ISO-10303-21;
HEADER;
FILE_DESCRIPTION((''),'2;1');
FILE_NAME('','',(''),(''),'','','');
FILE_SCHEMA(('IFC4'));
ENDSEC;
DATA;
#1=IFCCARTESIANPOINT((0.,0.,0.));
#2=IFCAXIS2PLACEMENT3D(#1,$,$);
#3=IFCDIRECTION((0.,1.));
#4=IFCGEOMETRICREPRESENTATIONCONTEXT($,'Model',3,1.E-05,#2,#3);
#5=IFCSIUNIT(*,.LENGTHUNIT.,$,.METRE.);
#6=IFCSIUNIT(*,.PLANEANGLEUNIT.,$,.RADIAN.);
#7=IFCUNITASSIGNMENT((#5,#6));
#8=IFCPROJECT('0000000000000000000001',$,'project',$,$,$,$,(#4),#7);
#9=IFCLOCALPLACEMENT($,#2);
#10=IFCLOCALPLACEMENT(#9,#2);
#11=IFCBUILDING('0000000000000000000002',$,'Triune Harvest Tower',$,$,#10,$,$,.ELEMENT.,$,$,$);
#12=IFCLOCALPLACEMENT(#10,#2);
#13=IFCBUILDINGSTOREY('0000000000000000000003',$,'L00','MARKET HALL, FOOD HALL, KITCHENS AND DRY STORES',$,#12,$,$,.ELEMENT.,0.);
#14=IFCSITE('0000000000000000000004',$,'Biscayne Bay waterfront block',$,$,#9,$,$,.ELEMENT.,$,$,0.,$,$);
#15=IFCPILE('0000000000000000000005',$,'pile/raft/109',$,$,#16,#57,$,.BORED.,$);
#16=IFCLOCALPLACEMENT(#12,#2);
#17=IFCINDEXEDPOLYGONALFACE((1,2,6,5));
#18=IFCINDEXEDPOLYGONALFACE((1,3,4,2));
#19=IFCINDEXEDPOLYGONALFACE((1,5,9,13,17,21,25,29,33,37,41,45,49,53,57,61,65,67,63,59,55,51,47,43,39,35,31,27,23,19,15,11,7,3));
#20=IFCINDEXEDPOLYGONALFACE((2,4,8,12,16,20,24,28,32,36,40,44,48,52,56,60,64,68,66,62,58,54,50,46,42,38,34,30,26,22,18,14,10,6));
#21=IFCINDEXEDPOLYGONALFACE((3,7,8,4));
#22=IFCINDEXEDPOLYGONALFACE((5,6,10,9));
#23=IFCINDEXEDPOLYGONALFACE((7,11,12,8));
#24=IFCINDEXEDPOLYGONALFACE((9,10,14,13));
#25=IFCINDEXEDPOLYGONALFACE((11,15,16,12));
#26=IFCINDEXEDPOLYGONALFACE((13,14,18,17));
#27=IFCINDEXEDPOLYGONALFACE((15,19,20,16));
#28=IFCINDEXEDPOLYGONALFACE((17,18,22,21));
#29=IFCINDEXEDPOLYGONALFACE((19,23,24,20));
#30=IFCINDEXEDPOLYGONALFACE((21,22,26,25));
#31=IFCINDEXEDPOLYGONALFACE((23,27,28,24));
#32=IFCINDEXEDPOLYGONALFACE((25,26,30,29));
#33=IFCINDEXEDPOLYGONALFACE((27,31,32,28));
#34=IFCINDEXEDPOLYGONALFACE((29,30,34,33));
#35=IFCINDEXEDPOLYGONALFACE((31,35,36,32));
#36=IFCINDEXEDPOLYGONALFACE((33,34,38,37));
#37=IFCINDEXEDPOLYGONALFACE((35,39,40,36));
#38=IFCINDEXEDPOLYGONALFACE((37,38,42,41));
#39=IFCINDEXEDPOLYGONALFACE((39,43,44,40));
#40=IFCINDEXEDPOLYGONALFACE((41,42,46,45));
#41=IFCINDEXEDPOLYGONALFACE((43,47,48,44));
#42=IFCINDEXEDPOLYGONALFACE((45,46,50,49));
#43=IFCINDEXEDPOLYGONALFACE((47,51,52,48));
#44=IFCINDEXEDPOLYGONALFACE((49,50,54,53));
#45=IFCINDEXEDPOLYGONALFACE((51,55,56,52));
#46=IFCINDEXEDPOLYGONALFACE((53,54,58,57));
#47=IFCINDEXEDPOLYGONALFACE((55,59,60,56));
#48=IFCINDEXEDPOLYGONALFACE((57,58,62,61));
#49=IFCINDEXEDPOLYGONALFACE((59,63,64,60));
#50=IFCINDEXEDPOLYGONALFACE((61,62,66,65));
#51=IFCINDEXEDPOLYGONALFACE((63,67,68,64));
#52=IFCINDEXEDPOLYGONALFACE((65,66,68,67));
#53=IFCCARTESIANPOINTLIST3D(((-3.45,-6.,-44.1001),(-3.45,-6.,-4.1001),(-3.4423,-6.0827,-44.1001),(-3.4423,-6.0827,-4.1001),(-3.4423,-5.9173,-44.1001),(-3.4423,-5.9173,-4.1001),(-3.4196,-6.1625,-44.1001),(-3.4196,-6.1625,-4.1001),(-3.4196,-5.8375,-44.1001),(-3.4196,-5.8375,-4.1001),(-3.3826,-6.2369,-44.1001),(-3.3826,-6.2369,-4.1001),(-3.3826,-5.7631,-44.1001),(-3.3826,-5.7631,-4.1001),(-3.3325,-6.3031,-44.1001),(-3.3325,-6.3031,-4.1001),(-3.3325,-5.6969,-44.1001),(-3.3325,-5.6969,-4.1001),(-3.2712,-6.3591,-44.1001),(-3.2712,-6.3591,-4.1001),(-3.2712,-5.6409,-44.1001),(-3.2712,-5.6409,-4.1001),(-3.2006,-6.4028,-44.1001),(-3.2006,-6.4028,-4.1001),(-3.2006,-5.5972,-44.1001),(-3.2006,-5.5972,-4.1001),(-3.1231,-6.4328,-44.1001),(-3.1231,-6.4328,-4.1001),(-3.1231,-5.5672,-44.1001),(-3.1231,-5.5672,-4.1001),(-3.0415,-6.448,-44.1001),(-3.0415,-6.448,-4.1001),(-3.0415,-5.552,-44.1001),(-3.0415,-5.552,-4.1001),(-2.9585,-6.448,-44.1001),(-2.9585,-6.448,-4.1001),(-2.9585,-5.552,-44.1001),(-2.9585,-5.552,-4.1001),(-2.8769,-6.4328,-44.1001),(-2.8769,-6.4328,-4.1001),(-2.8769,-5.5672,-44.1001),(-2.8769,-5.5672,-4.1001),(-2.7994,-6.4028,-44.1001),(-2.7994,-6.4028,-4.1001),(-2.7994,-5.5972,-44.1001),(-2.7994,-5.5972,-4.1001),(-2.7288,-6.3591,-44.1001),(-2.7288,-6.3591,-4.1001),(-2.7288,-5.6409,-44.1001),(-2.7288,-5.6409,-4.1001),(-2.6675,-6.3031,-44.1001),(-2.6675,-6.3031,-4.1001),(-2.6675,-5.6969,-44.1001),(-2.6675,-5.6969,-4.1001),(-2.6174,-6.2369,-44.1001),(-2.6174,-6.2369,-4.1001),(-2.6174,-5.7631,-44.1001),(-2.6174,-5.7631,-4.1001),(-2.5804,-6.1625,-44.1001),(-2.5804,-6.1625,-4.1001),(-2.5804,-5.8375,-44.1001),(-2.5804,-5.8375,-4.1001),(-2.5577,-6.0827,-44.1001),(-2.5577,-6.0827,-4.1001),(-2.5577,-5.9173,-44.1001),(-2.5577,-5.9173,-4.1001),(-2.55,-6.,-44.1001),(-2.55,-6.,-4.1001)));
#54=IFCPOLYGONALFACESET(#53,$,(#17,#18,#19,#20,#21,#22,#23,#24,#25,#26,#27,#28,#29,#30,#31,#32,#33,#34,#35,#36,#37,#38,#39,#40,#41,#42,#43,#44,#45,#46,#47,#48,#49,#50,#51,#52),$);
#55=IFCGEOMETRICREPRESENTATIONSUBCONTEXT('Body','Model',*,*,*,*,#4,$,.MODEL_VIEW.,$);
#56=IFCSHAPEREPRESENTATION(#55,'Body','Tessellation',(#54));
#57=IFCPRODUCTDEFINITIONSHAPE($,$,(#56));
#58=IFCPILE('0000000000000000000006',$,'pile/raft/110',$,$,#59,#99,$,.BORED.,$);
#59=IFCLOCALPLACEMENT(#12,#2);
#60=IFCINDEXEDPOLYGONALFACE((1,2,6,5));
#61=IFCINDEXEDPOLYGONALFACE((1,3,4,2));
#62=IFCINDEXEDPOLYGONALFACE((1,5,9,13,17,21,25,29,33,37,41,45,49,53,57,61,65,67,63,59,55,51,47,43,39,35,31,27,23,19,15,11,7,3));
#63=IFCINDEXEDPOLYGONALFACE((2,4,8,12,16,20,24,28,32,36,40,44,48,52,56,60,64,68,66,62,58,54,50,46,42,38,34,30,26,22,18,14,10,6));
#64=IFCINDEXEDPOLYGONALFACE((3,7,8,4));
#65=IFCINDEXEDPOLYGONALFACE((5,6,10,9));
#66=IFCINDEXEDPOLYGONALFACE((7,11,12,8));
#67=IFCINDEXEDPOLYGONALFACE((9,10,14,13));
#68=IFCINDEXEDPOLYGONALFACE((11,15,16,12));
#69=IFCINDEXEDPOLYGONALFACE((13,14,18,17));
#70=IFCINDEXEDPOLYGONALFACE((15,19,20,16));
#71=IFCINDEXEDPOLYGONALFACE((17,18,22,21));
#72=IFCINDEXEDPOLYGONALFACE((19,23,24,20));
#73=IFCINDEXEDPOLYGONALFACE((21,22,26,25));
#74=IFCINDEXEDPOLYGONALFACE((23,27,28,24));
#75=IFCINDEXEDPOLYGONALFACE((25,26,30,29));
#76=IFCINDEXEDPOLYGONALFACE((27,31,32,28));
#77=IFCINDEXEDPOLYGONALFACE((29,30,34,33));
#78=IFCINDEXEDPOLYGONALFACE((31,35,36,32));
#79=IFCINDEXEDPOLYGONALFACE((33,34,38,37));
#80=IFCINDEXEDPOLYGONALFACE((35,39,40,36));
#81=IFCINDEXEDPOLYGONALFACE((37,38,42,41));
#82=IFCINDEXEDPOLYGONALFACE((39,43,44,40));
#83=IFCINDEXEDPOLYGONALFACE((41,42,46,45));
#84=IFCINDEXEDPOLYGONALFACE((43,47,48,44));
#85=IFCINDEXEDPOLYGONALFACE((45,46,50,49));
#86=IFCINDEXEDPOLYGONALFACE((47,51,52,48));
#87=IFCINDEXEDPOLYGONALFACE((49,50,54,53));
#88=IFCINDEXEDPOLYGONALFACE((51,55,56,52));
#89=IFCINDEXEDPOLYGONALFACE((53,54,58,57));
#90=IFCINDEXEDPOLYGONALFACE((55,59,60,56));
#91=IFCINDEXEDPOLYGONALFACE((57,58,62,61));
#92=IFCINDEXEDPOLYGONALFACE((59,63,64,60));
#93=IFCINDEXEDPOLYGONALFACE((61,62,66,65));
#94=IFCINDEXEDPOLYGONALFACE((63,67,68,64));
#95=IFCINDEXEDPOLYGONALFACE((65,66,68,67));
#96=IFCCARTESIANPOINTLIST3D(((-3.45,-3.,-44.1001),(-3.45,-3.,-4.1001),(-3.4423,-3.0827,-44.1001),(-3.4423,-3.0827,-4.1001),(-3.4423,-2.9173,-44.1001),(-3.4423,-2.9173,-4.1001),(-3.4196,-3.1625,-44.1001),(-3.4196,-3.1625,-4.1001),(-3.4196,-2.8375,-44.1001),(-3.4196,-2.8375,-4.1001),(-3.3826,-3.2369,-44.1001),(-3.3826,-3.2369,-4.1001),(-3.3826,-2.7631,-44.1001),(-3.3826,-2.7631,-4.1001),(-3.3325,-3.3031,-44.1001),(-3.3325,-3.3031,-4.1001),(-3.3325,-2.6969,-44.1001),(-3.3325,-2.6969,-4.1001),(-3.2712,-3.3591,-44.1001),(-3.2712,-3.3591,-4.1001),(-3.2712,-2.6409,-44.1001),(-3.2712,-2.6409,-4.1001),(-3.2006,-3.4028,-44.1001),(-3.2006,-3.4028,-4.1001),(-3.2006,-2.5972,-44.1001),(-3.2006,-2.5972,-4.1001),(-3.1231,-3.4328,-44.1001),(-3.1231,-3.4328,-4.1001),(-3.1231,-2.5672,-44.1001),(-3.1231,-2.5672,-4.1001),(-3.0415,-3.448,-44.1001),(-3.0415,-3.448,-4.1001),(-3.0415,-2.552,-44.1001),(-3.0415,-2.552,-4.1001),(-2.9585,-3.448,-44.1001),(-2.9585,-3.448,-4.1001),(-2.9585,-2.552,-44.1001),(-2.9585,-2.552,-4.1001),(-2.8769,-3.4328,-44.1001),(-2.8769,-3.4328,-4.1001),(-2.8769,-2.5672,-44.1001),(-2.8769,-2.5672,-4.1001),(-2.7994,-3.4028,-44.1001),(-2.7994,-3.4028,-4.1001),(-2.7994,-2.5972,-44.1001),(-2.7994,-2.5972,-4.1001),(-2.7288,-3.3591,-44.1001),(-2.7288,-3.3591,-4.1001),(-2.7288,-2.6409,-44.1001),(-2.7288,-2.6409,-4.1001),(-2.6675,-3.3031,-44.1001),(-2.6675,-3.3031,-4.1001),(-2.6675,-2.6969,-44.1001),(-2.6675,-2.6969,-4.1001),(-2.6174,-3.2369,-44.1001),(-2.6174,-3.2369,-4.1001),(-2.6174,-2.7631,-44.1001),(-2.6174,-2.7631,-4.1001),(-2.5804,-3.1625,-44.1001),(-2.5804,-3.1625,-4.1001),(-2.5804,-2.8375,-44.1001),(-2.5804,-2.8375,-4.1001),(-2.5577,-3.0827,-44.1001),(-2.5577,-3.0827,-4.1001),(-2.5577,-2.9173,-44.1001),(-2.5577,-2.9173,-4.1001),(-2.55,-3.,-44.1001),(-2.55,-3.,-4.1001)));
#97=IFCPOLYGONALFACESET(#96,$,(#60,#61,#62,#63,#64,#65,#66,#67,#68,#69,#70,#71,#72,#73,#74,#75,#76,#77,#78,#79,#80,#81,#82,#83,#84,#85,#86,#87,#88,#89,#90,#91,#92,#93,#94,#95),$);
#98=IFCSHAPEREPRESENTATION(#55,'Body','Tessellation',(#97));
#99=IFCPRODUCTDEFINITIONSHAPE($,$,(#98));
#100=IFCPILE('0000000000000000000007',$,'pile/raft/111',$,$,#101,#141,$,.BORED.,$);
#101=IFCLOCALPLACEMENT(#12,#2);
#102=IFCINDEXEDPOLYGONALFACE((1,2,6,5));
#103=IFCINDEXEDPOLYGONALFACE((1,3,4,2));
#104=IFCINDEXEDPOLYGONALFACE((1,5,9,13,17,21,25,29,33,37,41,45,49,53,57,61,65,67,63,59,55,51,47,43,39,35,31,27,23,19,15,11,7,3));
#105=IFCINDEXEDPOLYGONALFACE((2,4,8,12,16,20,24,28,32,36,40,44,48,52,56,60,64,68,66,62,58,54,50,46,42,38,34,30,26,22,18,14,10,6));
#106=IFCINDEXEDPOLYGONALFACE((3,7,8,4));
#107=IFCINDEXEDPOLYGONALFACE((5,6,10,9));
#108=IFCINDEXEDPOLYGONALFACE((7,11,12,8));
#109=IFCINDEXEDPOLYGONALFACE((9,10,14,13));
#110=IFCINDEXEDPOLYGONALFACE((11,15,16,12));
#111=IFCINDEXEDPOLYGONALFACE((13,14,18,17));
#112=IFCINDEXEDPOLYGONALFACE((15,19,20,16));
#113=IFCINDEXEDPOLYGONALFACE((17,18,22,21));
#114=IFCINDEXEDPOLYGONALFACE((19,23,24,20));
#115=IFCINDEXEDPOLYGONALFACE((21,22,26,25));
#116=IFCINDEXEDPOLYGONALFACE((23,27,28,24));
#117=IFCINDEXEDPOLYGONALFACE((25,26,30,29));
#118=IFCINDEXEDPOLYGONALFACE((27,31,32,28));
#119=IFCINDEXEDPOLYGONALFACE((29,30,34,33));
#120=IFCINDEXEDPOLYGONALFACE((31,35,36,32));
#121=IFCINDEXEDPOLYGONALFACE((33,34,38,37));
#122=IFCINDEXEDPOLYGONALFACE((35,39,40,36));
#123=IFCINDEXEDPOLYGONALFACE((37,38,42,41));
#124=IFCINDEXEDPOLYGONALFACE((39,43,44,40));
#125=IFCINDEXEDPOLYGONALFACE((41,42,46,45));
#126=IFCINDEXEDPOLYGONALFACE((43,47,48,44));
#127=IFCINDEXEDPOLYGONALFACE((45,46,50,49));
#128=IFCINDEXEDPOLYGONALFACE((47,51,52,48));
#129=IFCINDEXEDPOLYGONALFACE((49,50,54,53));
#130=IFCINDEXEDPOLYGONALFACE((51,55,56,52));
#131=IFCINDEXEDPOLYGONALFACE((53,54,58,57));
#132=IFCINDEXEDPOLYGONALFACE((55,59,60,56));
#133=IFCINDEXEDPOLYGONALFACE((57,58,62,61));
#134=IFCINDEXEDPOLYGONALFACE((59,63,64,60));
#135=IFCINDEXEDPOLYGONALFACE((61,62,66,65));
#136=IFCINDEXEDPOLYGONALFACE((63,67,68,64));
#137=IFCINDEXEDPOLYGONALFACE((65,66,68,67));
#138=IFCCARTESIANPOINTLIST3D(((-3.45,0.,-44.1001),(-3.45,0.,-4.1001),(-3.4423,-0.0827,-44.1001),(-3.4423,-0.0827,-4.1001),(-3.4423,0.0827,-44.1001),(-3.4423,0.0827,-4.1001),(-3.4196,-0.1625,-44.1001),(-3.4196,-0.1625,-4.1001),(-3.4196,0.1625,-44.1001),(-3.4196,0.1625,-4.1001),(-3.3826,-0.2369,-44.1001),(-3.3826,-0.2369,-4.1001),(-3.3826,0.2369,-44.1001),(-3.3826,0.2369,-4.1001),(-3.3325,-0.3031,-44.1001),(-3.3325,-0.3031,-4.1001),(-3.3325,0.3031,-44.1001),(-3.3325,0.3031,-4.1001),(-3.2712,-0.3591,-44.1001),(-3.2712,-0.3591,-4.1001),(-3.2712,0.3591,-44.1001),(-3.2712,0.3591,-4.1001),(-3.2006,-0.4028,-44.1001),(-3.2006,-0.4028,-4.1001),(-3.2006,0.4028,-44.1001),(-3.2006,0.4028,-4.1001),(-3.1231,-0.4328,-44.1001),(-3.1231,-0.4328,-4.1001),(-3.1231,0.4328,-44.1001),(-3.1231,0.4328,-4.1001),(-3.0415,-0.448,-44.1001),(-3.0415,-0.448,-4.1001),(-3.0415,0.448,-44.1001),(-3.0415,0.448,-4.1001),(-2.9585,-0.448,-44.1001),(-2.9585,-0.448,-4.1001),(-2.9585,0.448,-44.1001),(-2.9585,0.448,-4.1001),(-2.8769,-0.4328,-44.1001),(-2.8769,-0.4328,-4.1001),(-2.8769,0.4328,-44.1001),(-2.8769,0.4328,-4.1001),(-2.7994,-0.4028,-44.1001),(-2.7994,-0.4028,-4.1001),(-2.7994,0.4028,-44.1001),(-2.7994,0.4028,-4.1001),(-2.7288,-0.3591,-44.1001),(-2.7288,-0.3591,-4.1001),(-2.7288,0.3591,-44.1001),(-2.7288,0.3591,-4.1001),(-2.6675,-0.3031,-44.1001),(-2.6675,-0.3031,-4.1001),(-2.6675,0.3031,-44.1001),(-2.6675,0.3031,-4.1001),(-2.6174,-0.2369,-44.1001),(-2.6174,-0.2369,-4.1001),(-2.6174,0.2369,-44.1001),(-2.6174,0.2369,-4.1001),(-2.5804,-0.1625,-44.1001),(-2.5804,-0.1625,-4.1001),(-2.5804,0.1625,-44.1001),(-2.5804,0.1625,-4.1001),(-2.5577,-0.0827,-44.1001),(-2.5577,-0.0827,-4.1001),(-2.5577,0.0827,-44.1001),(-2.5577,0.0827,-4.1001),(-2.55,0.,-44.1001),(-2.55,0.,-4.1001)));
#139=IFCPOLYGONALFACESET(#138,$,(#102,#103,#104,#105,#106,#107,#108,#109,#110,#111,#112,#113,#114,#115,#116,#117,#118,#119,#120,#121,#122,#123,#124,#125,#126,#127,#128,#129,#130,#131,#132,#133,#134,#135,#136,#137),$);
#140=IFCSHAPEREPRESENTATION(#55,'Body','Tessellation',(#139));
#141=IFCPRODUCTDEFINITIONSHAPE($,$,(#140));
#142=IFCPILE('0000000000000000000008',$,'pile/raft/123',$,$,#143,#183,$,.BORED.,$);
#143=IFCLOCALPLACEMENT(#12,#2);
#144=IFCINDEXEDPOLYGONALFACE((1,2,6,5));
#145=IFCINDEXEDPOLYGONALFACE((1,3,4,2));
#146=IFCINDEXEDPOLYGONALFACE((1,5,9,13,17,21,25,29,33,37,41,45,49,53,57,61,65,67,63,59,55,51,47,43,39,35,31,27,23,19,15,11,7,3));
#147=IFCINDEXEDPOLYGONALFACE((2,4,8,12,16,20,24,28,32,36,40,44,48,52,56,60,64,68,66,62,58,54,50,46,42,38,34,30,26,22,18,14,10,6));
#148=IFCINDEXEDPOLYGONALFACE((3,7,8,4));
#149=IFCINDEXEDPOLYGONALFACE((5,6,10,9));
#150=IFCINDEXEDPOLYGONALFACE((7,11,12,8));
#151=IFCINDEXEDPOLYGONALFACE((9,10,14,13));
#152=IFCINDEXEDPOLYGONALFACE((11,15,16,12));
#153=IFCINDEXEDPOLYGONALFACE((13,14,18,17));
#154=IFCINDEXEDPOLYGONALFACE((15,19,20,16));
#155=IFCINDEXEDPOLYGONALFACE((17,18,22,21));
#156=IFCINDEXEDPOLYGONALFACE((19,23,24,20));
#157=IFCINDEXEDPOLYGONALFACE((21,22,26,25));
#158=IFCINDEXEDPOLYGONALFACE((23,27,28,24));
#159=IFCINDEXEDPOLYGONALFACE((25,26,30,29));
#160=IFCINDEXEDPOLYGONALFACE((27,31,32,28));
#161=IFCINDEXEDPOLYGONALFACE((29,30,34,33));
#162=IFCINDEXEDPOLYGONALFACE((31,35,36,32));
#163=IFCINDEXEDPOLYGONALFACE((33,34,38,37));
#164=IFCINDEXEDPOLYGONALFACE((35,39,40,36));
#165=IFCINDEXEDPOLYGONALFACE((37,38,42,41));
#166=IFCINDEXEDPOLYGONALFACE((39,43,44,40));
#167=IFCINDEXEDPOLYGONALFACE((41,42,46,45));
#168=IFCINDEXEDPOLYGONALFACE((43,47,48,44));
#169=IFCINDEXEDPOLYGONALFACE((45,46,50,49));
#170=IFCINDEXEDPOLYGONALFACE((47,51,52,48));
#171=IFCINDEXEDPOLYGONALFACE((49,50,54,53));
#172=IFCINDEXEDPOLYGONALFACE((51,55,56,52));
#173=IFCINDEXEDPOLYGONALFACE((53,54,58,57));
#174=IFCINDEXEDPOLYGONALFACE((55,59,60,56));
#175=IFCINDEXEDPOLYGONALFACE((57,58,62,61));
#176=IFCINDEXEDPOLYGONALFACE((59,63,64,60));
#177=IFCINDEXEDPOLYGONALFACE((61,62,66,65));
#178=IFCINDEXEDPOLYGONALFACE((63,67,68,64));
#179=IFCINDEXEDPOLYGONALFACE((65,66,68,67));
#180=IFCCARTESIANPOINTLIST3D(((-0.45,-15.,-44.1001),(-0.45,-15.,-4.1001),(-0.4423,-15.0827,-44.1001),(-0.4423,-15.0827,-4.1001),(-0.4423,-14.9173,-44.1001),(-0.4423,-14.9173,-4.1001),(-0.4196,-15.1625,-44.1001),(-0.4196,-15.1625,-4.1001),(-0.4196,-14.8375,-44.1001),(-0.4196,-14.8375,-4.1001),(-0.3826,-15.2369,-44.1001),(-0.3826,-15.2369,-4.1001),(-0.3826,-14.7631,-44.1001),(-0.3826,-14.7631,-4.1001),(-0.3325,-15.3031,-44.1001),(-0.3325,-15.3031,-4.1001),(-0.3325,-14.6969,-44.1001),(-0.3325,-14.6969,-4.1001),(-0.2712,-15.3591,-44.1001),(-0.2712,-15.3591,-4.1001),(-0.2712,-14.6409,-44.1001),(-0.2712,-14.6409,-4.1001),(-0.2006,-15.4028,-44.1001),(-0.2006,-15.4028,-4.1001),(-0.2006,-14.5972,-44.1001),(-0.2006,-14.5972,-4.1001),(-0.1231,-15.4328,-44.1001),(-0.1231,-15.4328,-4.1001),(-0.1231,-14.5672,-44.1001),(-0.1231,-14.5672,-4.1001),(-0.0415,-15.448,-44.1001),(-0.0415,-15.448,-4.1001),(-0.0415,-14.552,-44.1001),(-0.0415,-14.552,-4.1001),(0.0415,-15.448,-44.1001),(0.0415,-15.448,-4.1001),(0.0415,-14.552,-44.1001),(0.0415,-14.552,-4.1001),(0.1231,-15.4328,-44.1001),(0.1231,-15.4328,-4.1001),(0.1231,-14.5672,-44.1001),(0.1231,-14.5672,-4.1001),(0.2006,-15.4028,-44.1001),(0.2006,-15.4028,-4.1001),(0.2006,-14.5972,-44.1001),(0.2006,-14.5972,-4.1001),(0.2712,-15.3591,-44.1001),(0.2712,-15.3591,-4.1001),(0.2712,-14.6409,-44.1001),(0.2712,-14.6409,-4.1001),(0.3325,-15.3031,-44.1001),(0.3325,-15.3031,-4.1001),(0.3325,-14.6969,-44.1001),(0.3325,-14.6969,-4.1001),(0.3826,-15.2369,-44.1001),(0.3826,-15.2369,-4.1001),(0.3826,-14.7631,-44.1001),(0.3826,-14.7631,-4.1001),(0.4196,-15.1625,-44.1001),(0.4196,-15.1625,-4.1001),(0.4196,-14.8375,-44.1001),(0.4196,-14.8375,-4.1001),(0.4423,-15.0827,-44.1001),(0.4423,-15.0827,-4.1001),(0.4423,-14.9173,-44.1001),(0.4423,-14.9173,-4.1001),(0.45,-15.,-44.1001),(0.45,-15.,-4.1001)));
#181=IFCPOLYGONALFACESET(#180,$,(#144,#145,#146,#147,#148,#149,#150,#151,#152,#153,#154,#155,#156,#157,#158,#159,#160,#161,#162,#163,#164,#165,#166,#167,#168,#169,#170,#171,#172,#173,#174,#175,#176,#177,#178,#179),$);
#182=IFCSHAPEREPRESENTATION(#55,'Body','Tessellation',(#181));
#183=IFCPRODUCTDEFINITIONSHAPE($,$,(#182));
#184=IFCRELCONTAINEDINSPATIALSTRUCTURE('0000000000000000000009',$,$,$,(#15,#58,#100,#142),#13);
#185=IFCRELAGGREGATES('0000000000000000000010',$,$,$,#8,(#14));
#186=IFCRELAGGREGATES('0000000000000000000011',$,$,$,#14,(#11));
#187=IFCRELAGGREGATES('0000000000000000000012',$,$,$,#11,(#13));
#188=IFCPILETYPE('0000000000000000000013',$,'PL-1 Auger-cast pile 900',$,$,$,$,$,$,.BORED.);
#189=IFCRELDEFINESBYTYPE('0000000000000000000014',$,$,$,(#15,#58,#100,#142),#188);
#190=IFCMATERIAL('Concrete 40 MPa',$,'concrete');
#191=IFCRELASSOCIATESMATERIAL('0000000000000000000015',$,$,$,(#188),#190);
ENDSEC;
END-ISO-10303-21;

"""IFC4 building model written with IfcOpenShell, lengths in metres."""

from ifc_helpers import new_model, si_unit, direction, frame, origin, origin_2d, place, context, subcontext, project, spatial, circle, extrude, source, transform, mapped, material, material_profile, profile_set, type_object, element, save


model = new_model("IFC4")

# Units and contexts
model_context = context("Model", 3, precision=1e-05, world=origin(), true_north=direction((0.0, 1.0)))
body_context = subcontext(model_context, "Body", "Model", "MODEL_VIEW")
ifc_project = project(units=[si_unit("LENGTHUNIT", "METRE"), si_unit("PLANEANGLEUNIT", "RADIAN")], contexts=[model_context])

# Site, building, storey
site_placement = place(None, origin())
site = spatial("IfcSite", under=ifc_project, at=site_placement, Name="Biscayne Bay waterfront block", CompositionType="ELEMENT", RefElevation=0.0)
building_placement = place(site_placement, origin())
building = spatial("IfcBuilding", under=site, at=building_placement, Name="Triune Harvest Tower", CompositionType="ELEMENT")
storey_placement = place(building_placement, origin())
storey = spatial("IfcBuildingStorey", under=building, at=storey_placement, Name="L00", Description="MARKET HALL, FOOD HALL, KITCHENS AND DRY STORES", CompositionType="ELEMENT", Elevation=0.0)

# Piles
ifc_material_1 = material(Name="Concrete 40 MPa", Category="concrete")
ifc_material_profile = material_profile(ifc_material_1, circle(Radius=0.45, at=origin_2d()), Name="Bored 900")
ifc_profile_set = profile_set([ifc_material_profile], Name="Concrete 40 MPa")
pile_type = type_object("IfcPileType", Name="PL-1 Auger-cast pile 900", PredefinedType="BORED", material=ifc_profile_set)
shared_shape_1 = source(origin(), body_context, "Body", "SweptSolid", [
    extrude(circle(Radius=0.45, at=origin_2d()), origin(), (0.0, 0.0, 1.0), 40.0),
])
for number, where, z_axis, x_axis, name in (
    (1, (-3.0, -6.0, -4.1001), (0.0, 0.0, -1.0), (1.0, 0.0, 0.0), "pile/raft/109"),
    (2, (-3.0, -3.0, -4.1001), (0.0, 0.0, -1.0), (1.0, 0.0, 0.0), "pile/raft/110"),
    (3, (-3.0, 0.0, -4.1001), (0.0, 0.0, -1.0), (1.0, 0.0, 0.0), "pile/raft/111"),
    (4, (0.0, -15.0, -4.1001), (0.0, 0.0, -1.0), (1.0, 0.0, 0.0), "pile/raft/123"),
):
    element("IfcPile", number, at=place(storey_placement, frame(where, z_axis=z_axis, x_axis=x_axis)), inside=storey, type_object=pile_type, Name=name, PredefinedType="BORED", context=body_context, shape_type="MappedRepresentation", body=[
        mapped(shared_shape_1, transform((0.0, 0.0, 0.0), scale=1.0)),
    ])

save(model, "model.ifc")
